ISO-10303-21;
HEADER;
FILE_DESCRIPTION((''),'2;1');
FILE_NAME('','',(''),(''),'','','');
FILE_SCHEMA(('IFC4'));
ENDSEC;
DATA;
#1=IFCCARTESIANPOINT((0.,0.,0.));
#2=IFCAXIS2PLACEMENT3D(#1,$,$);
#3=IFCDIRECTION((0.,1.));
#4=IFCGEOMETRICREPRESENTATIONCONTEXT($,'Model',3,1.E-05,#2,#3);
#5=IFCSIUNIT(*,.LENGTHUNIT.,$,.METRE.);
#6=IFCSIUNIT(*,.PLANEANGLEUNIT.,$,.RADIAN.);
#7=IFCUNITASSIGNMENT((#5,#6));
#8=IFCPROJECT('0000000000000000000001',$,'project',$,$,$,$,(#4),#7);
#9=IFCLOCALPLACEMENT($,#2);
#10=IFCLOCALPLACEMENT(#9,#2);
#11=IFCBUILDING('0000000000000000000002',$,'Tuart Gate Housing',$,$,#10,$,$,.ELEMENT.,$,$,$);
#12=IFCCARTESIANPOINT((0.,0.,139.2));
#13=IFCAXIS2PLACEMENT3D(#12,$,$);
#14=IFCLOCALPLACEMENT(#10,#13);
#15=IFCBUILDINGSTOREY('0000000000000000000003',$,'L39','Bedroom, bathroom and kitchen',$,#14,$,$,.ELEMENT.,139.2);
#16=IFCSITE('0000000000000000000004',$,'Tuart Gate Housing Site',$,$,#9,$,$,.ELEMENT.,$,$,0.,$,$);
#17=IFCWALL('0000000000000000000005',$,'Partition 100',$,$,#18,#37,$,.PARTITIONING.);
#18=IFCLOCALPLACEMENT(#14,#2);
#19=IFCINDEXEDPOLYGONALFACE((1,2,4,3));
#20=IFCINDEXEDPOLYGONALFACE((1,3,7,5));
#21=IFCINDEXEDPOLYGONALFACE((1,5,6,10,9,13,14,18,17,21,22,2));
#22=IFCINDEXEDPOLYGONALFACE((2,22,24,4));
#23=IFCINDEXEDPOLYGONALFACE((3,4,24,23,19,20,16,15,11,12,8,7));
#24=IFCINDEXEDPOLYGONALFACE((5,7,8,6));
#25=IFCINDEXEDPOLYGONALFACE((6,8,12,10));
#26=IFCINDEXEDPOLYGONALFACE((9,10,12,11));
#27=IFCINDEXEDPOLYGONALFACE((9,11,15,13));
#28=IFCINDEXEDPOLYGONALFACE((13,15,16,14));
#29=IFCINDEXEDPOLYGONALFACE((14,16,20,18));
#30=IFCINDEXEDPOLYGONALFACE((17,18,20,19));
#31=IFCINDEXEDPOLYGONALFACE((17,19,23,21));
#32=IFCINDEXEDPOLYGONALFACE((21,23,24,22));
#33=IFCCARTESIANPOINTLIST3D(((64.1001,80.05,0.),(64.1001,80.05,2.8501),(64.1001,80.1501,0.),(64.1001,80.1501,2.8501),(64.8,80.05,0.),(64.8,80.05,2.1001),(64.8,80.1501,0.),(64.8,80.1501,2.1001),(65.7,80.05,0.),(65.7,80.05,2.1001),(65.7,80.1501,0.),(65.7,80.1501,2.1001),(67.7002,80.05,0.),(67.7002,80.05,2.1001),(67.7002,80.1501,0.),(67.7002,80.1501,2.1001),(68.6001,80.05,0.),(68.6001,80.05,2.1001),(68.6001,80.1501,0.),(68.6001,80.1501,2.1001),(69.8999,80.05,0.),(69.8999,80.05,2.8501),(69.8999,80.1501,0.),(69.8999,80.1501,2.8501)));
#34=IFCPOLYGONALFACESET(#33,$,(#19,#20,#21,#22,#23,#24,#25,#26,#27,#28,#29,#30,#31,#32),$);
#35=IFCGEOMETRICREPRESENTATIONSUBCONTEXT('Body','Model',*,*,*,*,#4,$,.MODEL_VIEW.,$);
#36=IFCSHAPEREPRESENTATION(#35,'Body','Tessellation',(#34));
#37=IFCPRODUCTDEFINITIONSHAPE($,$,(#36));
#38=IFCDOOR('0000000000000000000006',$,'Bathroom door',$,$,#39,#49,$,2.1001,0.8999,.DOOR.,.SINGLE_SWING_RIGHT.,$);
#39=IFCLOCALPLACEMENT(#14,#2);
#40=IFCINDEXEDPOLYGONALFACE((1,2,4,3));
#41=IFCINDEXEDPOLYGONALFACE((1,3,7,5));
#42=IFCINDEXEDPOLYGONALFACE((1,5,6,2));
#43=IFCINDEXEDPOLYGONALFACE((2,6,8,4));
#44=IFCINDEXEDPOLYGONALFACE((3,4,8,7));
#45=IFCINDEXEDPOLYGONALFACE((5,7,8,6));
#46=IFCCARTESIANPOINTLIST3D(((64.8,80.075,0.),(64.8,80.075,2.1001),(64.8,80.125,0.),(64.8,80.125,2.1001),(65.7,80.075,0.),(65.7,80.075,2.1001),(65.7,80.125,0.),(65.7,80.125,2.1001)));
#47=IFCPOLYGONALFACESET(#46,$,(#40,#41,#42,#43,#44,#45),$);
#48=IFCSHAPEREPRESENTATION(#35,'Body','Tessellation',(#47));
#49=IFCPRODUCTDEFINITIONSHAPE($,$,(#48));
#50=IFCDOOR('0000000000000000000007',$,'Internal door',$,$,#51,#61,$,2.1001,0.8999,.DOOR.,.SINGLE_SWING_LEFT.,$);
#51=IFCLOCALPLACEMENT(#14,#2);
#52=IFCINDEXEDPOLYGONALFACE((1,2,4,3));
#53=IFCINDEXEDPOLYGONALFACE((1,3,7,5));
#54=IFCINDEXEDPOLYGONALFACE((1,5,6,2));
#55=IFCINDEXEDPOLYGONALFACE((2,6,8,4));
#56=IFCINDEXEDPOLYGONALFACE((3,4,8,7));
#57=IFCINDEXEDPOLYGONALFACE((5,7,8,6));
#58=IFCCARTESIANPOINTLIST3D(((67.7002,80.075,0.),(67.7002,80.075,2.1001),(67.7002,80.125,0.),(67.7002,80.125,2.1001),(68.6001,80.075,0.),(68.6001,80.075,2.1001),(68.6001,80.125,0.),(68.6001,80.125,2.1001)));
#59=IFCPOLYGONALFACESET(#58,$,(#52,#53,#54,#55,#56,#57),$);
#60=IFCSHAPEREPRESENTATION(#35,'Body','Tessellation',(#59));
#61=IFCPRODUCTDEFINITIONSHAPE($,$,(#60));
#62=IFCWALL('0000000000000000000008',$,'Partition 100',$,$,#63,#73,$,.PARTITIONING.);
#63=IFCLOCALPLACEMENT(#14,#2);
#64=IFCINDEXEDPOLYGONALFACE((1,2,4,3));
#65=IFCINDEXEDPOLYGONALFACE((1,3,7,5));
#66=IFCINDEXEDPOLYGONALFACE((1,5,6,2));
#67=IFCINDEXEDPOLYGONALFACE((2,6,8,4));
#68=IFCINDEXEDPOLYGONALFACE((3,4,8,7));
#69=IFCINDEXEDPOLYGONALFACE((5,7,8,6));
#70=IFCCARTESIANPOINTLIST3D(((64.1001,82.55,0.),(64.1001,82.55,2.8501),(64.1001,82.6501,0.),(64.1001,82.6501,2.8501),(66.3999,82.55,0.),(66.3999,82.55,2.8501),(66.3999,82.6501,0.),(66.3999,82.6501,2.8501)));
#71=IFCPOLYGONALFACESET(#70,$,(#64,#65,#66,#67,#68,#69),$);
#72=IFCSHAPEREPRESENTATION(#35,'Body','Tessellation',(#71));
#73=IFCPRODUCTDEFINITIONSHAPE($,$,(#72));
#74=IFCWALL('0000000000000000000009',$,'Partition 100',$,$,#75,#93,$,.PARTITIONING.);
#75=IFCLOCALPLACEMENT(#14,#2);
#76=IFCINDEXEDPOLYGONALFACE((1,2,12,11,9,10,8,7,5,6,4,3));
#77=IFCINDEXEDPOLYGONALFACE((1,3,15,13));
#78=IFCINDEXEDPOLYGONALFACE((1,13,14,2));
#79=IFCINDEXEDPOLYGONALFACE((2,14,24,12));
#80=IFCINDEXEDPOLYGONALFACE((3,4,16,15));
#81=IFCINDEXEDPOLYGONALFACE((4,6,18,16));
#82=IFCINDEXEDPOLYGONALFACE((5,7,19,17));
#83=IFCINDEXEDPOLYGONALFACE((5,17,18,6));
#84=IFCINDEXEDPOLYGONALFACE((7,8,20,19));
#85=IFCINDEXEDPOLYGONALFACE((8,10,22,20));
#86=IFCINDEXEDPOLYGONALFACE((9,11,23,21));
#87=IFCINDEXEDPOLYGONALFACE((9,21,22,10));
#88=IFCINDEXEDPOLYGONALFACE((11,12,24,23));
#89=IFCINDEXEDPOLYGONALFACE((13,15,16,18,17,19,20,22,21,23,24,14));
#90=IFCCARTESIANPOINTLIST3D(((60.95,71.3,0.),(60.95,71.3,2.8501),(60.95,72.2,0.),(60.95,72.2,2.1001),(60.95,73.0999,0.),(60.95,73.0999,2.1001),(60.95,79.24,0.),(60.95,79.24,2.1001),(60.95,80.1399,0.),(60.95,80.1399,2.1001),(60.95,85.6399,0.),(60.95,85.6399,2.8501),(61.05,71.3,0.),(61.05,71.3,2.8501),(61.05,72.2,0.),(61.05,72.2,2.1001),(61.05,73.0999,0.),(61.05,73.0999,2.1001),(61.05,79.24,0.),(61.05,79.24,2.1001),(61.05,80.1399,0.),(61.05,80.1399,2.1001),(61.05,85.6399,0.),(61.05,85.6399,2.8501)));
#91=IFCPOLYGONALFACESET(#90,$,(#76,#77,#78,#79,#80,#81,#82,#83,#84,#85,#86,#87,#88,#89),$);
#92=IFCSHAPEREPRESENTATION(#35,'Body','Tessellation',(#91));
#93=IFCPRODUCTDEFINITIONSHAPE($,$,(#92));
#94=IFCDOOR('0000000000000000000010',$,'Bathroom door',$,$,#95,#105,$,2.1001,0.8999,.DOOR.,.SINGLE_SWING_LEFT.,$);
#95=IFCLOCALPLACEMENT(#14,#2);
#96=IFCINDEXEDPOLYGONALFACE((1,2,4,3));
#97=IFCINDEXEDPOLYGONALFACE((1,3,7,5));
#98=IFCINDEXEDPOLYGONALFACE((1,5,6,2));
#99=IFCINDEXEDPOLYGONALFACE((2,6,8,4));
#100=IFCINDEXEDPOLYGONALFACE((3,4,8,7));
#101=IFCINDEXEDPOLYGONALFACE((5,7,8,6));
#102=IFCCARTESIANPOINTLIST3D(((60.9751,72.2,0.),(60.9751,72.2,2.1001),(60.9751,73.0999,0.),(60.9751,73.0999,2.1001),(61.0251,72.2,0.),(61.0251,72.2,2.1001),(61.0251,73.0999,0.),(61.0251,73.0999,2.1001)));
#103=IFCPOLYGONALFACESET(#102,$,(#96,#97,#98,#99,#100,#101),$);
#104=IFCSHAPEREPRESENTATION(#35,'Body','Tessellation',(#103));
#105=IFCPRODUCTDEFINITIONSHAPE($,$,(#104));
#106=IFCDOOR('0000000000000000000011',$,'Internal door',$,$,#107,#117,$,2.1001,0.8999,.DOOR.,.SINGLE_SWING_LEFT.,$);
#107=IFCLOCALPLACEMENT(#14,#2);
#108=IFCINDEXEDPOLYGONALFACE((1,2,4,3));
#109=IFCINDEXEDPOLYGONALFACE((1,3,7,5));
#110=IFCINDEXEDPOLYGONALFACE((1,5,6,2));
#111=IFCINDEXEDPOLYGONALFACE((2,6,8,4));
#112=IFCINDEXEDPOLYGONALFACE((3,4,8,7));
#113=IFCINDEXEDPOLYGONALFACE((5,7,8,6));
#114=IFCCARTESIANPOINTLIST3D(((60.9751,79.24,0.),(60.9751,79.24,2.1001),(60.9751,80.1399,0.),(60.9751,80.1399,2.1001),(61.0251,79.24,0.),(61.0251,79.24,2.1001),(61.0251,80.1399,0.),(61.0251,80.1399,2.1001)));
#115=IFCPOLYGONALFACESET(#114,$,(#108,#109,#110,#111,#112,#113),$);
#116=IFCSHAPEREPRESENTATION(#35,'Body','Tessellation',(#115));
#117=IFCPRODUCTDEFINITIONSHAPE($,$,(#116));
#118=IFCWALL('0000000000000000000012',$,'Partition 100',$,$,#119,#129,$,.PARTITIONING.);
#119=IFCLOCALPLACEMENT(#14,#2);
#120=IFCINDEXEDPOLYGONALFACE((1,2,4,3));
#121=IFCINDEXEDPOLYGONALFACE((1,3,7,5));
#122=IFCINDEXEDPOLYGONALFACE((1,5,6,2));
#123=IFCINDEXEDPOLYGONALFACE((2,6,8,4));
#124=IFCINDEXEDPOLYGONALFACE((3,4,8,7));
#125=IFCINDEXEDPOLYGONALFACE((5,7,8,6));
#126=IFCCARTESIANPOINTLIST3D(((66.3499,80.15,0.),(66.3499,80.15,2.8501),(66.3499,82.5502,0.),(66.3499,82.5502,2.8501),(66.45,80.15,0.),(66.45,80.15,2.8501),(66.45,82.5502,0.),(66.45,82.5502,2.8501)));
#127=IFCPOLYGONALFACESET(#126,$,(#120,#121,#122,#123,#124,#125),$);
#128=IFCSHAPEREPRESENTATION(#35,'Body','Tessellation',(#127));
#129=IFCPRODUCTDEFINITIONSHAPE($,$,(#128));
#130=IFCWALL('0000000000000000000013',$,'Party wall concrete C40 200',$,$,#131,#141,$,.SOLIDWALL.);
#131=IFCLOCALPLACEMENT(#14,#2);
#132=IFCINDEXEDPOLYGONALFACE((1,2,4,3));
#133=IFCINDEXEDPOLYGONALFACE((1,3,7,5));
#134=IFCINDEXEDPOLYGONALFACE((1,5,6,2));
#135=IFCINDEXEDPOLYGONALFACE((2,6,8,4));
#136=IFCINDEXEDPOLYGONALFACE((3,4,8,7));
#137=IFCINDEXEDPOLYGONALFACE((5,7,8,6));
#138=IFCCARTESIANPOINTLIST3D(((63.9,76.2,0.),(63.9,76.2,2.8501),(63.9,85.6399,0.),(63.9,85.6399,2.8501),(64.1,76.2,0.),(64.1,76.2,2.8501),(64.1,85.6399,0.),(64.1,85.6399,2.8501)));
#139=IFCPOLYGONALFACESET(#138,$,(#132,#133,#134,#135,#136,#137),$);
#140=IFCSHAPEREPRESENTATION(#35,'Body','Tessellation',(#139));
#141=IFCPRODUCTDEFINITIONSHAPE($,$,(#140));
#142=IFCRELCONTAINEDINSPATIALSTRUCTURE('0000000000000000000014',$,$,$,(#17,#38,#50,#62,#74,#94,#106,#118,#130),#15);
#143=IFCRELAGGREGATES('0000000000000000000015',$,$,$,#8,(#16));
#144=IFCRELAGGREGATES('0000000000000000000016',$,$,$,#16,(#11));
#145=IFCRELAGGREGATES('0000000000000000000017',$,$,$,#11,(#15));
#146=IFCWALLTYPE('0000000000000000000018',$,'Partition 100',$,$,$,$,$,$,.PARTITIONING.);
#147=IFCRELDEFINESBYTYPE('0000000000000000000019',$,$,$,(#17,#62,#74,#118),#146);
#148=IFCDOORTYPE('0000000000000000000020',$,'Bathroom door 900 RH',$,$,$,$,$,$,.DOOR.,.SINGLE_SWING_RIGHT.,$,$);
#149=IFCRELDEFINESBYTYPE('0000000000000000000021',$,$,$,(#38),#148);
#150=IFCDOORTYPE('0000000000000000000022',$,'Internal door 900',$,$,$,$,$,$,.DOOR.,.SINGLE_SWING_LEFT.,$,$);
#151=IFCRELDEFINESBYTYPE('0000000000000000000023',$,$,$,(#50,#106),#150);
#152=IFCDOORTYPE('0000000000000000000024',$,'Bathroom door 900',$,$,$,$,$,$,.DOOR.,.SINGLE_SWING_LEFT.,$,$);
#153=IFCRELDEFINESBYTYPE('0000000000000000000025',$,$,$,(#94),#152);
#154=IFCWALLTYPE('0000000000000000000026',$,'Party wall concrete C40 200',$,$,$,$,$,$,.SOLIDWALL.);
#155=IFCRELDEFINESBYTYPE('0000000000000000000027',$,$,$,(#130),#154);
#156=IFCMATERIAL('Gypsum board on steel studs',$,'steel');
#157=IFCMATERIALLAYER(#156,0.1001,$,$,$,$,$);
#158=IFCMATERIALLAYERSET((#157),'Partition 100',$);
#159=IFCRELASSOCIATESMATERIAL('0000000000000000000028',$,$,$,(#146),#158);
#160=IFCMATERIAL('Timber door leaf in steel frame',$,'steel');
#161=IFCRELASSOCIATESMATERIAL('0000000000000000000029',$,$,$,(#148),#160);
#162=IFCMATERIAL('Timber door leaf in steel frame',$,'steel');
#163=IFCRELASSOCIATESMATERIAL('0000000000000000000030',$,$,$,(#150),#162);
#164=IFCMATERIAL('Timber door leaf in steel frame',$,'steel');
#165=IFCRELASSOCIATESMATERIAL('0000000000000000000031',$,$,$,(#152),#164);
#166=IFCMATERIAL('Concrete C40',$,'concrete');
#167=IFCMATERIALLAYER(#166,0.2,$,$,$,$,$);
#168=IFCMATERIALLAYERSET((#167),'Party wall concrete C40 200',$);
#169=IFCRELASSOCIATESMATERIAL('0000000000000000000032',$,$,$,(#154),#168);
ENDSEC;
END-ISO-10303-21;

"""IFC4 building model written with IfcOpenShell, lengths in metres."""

from ifc_helpers import new_model, si_unit, direction, frame, frame_2d, origin, place, context, subcontext, project, spatial, rectangle, extrude, material, layer, layer_set, type_object, element, fill, save


model = new_model("IFC4")

# Units and contexts
model_context = context("Model", 3, precision=1e-05, world=origin(), true_north=direction((0.0, 1.0)))
body_context = subcontext(model_context, "Body", "Model", "MODEL_VIEW")
ifc_project = project(units=[si_unit("LENGTHUNIT", "METRE"), si_unit("PLANEANGLEUNIT", "RADIAN")], contexts=[model_context])

# Site, building, storey
site_placement = place(None, origin())
site = spatial("IfcSite", under=ifc_project, at=site_placement, Name="Tuart Gate Housing Site", CompositionType="ELEMENT", RefElevation=0.0)
building_placement = place(site_placement, origin())
building = spatial("IfcBuilding", under=site, at=building_placement, Name="Tuart Gate Housing", CompositionType="ELEMENT")
storey_placement = place(building_placement, frame((0.0, 0.0, 139.2)))
storey = spatial("IfcBuildingStorey", under=building, at=storey_placement, Name="L39", Description="Bedroom, bathroom and kitchen", CompositionType="ELEMENT", Elevation=139.2)

# Shared definitions
ifc_material_1 = material(Name="Gypsum board on steel studs", Category="steel")
ifc_layer_1 = layer(ifc_material_1, 0.1001)
ifc_layer_set_1 = layer_set([ifc_layer_1], Name="Partition 100")
wall_type_1 = type_object("IfcWallType", Name="Partition 100", PredefinedType="PARTITIONING", material=ifc_layer_set_1)

# Wall, openings, doors
wall_1_placement = place(storey_placement, frame((64.1001, 80.1001, 0.0), z_axis=(0.0, 0.0, 1.0), x_axis=(1.0, 0.0, 0.0)))
wall_1 = element("IfcWall", 1, at=wall_1_placement, inside=storey, type_object=wall_type_1, Name="Partition 100", PredefinedType="PARTITIONING", context=body_context, shape_type="SweptSolid", body=[
    extrude(rectangle(XDim=5.7998, YDim=0.1001, at=frame_2d((2.8999, 0.0))), origin(), (0.0, 0.0, 1.0), 2.8501),
])
opening_1_placement = place(wall_1_placement, frame((3.6001, 0.0, 0.0)))
opening_1 = element("IfcOpeningElement", 2, at=opening_1_placement, cuts=wall_1, PredefinedType="OPENING", context=body_context, shape_type="SweptSolid", body=[
    extrude(rectangle(XDim=0.8999, YDim=2.1001, at=frame_2d((0.45, 1.05))), frame((0.0, 0.0601, 0.0), z_axis=(0.0, -1.0, 0.0), x_axis=(1.0, 0.0, 0.0)), (0.0, 0.0, 1.0), 0.1201),
])
opening_2_placement = place(wall_1_placement, frame((0.7, 0.0, 0.0)))
opening_2 = element("IfcOpeningElement", 3, at=opening_2_placement, cuts=wall_1, PredefinedType="OPENING", context=body_context, shape_type="SweptSolid", body=[
    extrude(rectangle(XDim=0.8999, YDim=2.1001, at=frame_2d((0.45, 1.05))), frame((0.0, 0.0601, 0.0), z_axis=(0.0, -1.0, 0.0), x_axis=(1.0, 0.0, 0.0)), (0.0, 0.0, 1.0), 0.1201),
])
ifc_material_2 = material(Name="Timber door leaf in steel frame", Category="steel")
door_type_1 = type_object("IfcDoorType", Name="Bathroom door 900 RH", OperationType="SINGLE_SWING_RIGHT", PredefinedType="DOOR", material=ifc_material_2)
door_1_placement = place(opening_2_placement, origin())
door_1 = element("IfcDoor", 4, at=door_1_placement, inside=storey, type_object=door_type_1, Name="Bathroom door", OperationType="SINGLE_SWING_RIGHT", OverallHeight=2.1001, OverallWidth=0.8999, PredefinedType="DOOR", context=body_context, shape_type="SweptSolid", body=[
    extrude(rectangle(XDim=0.8999, YDim=2.1001, at=frame_2d((0.45, 1.05))), frame((0.0, 0.0249, 0.0), z_axis=(0.0, -1.0, 0.0), x_axis=(1.0, 0.0, 0.0)), (0.0, 0.0, 1.0), 0.05),
])
fill(opening_2, door_1)
ifc_material_3 = material(Name="Timber door leaf in steel frame", Category="steel")
door_type_2 = type_object("IfcDoorType", Name="Internal door 900", OperationType="SINGLE_SWING_LEFT", PredefinedType="DOOR", material=ifc_material_3)
door_2_placement = place(opening_1_placement, frame((0.8999, 0.0, 0.0), z_axis=(0.0, 0.0, 1.0), x_axis=(-1.0, 0.0, 0.0)))
door_2 = element("IfcDoor", 5, at=door_2_placement, inside=storey, type_object=door_type_2, Name="Internal door", OperationType="SINGLE_SWING_LEFT", OverallHeight=2.1001, OverallWidth=0.8999, PredefinedType="DOOR", context=body_context, shape_type="SweptSolid", body=[
    extrude(rectangle(XDim=0.8999, YDim=2.1001, at=frame_2d((0.45, 1.05))), frame((0.0, 0.0251, 0.0), z_axis=(0.0, -1.0, 0.0), x_axis=(1.0, 0.0, 0.0)), (0.0, 0.0, 1.0), 0.05),
])
fill(opening_1, door_2)

# Wall
wall_2_placement = place(storey_placement, frame((64.1001, 82.6001, 0.0), z_axis=(0.0, 0.0, 1.0), x_axis=(1.0, 0.0, 0.0)))
element("IfcWall", 6, at=wall_2_placement, inside=storey, type_object=wall_type_1, Name="Partition 100", PredefinedType="PARTITIONING", context=body_context, shape_type="SweptSolid", body=[
    extrude(rectangle(XDim=2.2998, YDim=0.1001, at=frame_2d((1.1499, 0.0))), origin(), (0.0, 0.0, 1.0), 2.8501),
])

# Wall, openings, doors
wall_3_placement = place(storey_placement, frame((61.0, 71.3, 0.0), z_axis=(0.0, 0.0, 1.0), x_axis=(0.0, 1.0, 0.0)))
wall_3 = element("IfcWall", 7, at=wall_3_placement, inside=storey, type_object=wall_type_1, Name="Partition 100", PredefinedType="PARTITIONING", context=body_context, shape_type="SweptSolid", body=[
    extrude(rectangle(XDim=14.3398, YDim=0.1001, at=frame_2d((7.1699, 0.0))), origin(), (0.0, 0.0, 1.0), 2.8501),
])
opening_3_placement = place(wall_3_placement, frame((7.9399, 0.0, 0.0)))
opening_3 = element("IfcOpeningElement", 8, at=opening_3_placement, cuts=wall_3, PredefinedType="OPENING", context=body_context, shape_type="SweptSolid", body=[
    extrude(rectangle(XDim=0.8999, YDim=2.1001, at=frame_2d((0.45, 1.05))), frame((0.0, 0.0601, 0.0), z_axis=(0.0, -1.0, 0.0), x_axis=(1.0, 0.0, 0.0)), (0.0, 0.0, 1.0), 0.1201),
])
opening_4_placement = place(wall_3_placement, frame((0.8999, 0.0, 0.0)))
opening_4 = element("IfcOpeningElement", 9, at=opening_4_placement, cuts=wall_3, PredefinedType="OPENING", context=body_context, shape_type="SweptSolid", body=[
    extrude(rectangle(XDim=0.8999, YDim=2.1001, at=frame_2d((0.45, 1.05))), frame((0.0, 0.0601, 0.0), z_axis=(0.0, -1.0, 0.0), x_axis=(1.0, 0.0, 0.0)), (0.0, 0.0, 1.0), 0.1201),
])
ifc_material_4 = material(Name="Timber door leaf in steel frame", Category="steel")
door_type_3 = type_object("IfcDoorType", Name="Bathroom door 900", OperationType="SINGLE_SWING_LEFT", PredefinedType="DOOR", material=ifc_material_4)
door_3_placement = place(opening_4_placement, origin())
door_3 = element("IfcDoor", 10, at=door_3_placement, inside=storey, type_object=door_type_3, Name="Bathroom door", OperationType="SINGLE_SWING_LEFT", OverallHeight=2.1001, OverallWidth=0.8999, PredefinedType="DOOR", context=body_context, shape_type="SweptSolid", body=[
    extrude(rectangle(XDim=0.8999, YDim=2.1001, at=frame_2d((0.45, 1.05))), frame((0.0, 0.0249, 0.0), z_axis=(0.0, -1.0, 0.0), x_axis=(1.0, 0.0, 0.0)), (0.0, 0.0, 1.0), 0.05),
])
fill(opening_4, door_3)
door_4_placement = place(opening_3_placement, origin())
door_4 = element("IfcDoor", 11, at=door_4_placement, inside=storey, type_object=door_type_2, Name="Internal door", OperationType="SINGLE_SWING_LEFT", OverallHeight=2.1001, OverallWidth=0.8999, PredefinedType="DOOR", context=body_context, shape_type="SweptSolid", body=[
    extrude(rectangle(XDim=0.8999, YDim=2.1001, at=frame_2d((0.45, 1.05))), frame((0.0, 0.0249, 0.0), z_axis=(0.0, -1.0, 0.0), x_axis=(1.0, 0.0, 0.0)), (0.0, 0.0, 1.0), 0.05),
])
fill(opening_3, door_4)

# Walls
wall_4_placement = place(storey_placement, frame((66.3999, 80.1499, 0.0), z_axis=(0.0, 0.0, 1.0), x_axis=(0.0, 1.0, 0.0)))
element("IfcWall", 12, at=wall_4_placement, inside=storey, type_object=wall_type_1, Name="Partition 100", PredefinedType="PARTITIONING", context=body_context, shape_type="SweptSolid", body=[
    extrude(rectangle(XDim=2.4001, YDim=0.1001, at=frame_2d((1.2002, 0.0))), origin(), (0.0, 0.0, 1.0), 2.8501),
])
ifc_material_5 = material(Name="Concrete C40", Category="concrete")
ifc_layer_2 = layer(ifc_material_5, 0.2)
ifc_layer_set_2 = layer_set([ifc_layer_2], Name="Party wall concrete C40 200")
wall_type_2 = type_object("IfcWallType", Name="Party wall concrete C40 200", PredefinedType="SOLIDWALL", material=ifc_layer_set_2)
wall_5_placement = place(storey_placement, frame((64.0, 76.2, 0.0), z_axis=(0.0, 0.0, 1.0), x_axis=(0.0, 1.0, 0.0)))
element("IfcWall", 13, at=wall_5_placement, inside=storey, type_object=wall_type_2, Name="Party wall concrete C40 200", PredefinedType="SOLIDWALL", context=body_context, shape_type="SweptSolid", body=[
    extrude(rectangle(XDim=9.4399, YDim=0.2, at=frame_2d((4.72, 0.0))), origin(), (0.0, 0.0, 1.0), 2.8501),
])

save(model, "model.ifc")
